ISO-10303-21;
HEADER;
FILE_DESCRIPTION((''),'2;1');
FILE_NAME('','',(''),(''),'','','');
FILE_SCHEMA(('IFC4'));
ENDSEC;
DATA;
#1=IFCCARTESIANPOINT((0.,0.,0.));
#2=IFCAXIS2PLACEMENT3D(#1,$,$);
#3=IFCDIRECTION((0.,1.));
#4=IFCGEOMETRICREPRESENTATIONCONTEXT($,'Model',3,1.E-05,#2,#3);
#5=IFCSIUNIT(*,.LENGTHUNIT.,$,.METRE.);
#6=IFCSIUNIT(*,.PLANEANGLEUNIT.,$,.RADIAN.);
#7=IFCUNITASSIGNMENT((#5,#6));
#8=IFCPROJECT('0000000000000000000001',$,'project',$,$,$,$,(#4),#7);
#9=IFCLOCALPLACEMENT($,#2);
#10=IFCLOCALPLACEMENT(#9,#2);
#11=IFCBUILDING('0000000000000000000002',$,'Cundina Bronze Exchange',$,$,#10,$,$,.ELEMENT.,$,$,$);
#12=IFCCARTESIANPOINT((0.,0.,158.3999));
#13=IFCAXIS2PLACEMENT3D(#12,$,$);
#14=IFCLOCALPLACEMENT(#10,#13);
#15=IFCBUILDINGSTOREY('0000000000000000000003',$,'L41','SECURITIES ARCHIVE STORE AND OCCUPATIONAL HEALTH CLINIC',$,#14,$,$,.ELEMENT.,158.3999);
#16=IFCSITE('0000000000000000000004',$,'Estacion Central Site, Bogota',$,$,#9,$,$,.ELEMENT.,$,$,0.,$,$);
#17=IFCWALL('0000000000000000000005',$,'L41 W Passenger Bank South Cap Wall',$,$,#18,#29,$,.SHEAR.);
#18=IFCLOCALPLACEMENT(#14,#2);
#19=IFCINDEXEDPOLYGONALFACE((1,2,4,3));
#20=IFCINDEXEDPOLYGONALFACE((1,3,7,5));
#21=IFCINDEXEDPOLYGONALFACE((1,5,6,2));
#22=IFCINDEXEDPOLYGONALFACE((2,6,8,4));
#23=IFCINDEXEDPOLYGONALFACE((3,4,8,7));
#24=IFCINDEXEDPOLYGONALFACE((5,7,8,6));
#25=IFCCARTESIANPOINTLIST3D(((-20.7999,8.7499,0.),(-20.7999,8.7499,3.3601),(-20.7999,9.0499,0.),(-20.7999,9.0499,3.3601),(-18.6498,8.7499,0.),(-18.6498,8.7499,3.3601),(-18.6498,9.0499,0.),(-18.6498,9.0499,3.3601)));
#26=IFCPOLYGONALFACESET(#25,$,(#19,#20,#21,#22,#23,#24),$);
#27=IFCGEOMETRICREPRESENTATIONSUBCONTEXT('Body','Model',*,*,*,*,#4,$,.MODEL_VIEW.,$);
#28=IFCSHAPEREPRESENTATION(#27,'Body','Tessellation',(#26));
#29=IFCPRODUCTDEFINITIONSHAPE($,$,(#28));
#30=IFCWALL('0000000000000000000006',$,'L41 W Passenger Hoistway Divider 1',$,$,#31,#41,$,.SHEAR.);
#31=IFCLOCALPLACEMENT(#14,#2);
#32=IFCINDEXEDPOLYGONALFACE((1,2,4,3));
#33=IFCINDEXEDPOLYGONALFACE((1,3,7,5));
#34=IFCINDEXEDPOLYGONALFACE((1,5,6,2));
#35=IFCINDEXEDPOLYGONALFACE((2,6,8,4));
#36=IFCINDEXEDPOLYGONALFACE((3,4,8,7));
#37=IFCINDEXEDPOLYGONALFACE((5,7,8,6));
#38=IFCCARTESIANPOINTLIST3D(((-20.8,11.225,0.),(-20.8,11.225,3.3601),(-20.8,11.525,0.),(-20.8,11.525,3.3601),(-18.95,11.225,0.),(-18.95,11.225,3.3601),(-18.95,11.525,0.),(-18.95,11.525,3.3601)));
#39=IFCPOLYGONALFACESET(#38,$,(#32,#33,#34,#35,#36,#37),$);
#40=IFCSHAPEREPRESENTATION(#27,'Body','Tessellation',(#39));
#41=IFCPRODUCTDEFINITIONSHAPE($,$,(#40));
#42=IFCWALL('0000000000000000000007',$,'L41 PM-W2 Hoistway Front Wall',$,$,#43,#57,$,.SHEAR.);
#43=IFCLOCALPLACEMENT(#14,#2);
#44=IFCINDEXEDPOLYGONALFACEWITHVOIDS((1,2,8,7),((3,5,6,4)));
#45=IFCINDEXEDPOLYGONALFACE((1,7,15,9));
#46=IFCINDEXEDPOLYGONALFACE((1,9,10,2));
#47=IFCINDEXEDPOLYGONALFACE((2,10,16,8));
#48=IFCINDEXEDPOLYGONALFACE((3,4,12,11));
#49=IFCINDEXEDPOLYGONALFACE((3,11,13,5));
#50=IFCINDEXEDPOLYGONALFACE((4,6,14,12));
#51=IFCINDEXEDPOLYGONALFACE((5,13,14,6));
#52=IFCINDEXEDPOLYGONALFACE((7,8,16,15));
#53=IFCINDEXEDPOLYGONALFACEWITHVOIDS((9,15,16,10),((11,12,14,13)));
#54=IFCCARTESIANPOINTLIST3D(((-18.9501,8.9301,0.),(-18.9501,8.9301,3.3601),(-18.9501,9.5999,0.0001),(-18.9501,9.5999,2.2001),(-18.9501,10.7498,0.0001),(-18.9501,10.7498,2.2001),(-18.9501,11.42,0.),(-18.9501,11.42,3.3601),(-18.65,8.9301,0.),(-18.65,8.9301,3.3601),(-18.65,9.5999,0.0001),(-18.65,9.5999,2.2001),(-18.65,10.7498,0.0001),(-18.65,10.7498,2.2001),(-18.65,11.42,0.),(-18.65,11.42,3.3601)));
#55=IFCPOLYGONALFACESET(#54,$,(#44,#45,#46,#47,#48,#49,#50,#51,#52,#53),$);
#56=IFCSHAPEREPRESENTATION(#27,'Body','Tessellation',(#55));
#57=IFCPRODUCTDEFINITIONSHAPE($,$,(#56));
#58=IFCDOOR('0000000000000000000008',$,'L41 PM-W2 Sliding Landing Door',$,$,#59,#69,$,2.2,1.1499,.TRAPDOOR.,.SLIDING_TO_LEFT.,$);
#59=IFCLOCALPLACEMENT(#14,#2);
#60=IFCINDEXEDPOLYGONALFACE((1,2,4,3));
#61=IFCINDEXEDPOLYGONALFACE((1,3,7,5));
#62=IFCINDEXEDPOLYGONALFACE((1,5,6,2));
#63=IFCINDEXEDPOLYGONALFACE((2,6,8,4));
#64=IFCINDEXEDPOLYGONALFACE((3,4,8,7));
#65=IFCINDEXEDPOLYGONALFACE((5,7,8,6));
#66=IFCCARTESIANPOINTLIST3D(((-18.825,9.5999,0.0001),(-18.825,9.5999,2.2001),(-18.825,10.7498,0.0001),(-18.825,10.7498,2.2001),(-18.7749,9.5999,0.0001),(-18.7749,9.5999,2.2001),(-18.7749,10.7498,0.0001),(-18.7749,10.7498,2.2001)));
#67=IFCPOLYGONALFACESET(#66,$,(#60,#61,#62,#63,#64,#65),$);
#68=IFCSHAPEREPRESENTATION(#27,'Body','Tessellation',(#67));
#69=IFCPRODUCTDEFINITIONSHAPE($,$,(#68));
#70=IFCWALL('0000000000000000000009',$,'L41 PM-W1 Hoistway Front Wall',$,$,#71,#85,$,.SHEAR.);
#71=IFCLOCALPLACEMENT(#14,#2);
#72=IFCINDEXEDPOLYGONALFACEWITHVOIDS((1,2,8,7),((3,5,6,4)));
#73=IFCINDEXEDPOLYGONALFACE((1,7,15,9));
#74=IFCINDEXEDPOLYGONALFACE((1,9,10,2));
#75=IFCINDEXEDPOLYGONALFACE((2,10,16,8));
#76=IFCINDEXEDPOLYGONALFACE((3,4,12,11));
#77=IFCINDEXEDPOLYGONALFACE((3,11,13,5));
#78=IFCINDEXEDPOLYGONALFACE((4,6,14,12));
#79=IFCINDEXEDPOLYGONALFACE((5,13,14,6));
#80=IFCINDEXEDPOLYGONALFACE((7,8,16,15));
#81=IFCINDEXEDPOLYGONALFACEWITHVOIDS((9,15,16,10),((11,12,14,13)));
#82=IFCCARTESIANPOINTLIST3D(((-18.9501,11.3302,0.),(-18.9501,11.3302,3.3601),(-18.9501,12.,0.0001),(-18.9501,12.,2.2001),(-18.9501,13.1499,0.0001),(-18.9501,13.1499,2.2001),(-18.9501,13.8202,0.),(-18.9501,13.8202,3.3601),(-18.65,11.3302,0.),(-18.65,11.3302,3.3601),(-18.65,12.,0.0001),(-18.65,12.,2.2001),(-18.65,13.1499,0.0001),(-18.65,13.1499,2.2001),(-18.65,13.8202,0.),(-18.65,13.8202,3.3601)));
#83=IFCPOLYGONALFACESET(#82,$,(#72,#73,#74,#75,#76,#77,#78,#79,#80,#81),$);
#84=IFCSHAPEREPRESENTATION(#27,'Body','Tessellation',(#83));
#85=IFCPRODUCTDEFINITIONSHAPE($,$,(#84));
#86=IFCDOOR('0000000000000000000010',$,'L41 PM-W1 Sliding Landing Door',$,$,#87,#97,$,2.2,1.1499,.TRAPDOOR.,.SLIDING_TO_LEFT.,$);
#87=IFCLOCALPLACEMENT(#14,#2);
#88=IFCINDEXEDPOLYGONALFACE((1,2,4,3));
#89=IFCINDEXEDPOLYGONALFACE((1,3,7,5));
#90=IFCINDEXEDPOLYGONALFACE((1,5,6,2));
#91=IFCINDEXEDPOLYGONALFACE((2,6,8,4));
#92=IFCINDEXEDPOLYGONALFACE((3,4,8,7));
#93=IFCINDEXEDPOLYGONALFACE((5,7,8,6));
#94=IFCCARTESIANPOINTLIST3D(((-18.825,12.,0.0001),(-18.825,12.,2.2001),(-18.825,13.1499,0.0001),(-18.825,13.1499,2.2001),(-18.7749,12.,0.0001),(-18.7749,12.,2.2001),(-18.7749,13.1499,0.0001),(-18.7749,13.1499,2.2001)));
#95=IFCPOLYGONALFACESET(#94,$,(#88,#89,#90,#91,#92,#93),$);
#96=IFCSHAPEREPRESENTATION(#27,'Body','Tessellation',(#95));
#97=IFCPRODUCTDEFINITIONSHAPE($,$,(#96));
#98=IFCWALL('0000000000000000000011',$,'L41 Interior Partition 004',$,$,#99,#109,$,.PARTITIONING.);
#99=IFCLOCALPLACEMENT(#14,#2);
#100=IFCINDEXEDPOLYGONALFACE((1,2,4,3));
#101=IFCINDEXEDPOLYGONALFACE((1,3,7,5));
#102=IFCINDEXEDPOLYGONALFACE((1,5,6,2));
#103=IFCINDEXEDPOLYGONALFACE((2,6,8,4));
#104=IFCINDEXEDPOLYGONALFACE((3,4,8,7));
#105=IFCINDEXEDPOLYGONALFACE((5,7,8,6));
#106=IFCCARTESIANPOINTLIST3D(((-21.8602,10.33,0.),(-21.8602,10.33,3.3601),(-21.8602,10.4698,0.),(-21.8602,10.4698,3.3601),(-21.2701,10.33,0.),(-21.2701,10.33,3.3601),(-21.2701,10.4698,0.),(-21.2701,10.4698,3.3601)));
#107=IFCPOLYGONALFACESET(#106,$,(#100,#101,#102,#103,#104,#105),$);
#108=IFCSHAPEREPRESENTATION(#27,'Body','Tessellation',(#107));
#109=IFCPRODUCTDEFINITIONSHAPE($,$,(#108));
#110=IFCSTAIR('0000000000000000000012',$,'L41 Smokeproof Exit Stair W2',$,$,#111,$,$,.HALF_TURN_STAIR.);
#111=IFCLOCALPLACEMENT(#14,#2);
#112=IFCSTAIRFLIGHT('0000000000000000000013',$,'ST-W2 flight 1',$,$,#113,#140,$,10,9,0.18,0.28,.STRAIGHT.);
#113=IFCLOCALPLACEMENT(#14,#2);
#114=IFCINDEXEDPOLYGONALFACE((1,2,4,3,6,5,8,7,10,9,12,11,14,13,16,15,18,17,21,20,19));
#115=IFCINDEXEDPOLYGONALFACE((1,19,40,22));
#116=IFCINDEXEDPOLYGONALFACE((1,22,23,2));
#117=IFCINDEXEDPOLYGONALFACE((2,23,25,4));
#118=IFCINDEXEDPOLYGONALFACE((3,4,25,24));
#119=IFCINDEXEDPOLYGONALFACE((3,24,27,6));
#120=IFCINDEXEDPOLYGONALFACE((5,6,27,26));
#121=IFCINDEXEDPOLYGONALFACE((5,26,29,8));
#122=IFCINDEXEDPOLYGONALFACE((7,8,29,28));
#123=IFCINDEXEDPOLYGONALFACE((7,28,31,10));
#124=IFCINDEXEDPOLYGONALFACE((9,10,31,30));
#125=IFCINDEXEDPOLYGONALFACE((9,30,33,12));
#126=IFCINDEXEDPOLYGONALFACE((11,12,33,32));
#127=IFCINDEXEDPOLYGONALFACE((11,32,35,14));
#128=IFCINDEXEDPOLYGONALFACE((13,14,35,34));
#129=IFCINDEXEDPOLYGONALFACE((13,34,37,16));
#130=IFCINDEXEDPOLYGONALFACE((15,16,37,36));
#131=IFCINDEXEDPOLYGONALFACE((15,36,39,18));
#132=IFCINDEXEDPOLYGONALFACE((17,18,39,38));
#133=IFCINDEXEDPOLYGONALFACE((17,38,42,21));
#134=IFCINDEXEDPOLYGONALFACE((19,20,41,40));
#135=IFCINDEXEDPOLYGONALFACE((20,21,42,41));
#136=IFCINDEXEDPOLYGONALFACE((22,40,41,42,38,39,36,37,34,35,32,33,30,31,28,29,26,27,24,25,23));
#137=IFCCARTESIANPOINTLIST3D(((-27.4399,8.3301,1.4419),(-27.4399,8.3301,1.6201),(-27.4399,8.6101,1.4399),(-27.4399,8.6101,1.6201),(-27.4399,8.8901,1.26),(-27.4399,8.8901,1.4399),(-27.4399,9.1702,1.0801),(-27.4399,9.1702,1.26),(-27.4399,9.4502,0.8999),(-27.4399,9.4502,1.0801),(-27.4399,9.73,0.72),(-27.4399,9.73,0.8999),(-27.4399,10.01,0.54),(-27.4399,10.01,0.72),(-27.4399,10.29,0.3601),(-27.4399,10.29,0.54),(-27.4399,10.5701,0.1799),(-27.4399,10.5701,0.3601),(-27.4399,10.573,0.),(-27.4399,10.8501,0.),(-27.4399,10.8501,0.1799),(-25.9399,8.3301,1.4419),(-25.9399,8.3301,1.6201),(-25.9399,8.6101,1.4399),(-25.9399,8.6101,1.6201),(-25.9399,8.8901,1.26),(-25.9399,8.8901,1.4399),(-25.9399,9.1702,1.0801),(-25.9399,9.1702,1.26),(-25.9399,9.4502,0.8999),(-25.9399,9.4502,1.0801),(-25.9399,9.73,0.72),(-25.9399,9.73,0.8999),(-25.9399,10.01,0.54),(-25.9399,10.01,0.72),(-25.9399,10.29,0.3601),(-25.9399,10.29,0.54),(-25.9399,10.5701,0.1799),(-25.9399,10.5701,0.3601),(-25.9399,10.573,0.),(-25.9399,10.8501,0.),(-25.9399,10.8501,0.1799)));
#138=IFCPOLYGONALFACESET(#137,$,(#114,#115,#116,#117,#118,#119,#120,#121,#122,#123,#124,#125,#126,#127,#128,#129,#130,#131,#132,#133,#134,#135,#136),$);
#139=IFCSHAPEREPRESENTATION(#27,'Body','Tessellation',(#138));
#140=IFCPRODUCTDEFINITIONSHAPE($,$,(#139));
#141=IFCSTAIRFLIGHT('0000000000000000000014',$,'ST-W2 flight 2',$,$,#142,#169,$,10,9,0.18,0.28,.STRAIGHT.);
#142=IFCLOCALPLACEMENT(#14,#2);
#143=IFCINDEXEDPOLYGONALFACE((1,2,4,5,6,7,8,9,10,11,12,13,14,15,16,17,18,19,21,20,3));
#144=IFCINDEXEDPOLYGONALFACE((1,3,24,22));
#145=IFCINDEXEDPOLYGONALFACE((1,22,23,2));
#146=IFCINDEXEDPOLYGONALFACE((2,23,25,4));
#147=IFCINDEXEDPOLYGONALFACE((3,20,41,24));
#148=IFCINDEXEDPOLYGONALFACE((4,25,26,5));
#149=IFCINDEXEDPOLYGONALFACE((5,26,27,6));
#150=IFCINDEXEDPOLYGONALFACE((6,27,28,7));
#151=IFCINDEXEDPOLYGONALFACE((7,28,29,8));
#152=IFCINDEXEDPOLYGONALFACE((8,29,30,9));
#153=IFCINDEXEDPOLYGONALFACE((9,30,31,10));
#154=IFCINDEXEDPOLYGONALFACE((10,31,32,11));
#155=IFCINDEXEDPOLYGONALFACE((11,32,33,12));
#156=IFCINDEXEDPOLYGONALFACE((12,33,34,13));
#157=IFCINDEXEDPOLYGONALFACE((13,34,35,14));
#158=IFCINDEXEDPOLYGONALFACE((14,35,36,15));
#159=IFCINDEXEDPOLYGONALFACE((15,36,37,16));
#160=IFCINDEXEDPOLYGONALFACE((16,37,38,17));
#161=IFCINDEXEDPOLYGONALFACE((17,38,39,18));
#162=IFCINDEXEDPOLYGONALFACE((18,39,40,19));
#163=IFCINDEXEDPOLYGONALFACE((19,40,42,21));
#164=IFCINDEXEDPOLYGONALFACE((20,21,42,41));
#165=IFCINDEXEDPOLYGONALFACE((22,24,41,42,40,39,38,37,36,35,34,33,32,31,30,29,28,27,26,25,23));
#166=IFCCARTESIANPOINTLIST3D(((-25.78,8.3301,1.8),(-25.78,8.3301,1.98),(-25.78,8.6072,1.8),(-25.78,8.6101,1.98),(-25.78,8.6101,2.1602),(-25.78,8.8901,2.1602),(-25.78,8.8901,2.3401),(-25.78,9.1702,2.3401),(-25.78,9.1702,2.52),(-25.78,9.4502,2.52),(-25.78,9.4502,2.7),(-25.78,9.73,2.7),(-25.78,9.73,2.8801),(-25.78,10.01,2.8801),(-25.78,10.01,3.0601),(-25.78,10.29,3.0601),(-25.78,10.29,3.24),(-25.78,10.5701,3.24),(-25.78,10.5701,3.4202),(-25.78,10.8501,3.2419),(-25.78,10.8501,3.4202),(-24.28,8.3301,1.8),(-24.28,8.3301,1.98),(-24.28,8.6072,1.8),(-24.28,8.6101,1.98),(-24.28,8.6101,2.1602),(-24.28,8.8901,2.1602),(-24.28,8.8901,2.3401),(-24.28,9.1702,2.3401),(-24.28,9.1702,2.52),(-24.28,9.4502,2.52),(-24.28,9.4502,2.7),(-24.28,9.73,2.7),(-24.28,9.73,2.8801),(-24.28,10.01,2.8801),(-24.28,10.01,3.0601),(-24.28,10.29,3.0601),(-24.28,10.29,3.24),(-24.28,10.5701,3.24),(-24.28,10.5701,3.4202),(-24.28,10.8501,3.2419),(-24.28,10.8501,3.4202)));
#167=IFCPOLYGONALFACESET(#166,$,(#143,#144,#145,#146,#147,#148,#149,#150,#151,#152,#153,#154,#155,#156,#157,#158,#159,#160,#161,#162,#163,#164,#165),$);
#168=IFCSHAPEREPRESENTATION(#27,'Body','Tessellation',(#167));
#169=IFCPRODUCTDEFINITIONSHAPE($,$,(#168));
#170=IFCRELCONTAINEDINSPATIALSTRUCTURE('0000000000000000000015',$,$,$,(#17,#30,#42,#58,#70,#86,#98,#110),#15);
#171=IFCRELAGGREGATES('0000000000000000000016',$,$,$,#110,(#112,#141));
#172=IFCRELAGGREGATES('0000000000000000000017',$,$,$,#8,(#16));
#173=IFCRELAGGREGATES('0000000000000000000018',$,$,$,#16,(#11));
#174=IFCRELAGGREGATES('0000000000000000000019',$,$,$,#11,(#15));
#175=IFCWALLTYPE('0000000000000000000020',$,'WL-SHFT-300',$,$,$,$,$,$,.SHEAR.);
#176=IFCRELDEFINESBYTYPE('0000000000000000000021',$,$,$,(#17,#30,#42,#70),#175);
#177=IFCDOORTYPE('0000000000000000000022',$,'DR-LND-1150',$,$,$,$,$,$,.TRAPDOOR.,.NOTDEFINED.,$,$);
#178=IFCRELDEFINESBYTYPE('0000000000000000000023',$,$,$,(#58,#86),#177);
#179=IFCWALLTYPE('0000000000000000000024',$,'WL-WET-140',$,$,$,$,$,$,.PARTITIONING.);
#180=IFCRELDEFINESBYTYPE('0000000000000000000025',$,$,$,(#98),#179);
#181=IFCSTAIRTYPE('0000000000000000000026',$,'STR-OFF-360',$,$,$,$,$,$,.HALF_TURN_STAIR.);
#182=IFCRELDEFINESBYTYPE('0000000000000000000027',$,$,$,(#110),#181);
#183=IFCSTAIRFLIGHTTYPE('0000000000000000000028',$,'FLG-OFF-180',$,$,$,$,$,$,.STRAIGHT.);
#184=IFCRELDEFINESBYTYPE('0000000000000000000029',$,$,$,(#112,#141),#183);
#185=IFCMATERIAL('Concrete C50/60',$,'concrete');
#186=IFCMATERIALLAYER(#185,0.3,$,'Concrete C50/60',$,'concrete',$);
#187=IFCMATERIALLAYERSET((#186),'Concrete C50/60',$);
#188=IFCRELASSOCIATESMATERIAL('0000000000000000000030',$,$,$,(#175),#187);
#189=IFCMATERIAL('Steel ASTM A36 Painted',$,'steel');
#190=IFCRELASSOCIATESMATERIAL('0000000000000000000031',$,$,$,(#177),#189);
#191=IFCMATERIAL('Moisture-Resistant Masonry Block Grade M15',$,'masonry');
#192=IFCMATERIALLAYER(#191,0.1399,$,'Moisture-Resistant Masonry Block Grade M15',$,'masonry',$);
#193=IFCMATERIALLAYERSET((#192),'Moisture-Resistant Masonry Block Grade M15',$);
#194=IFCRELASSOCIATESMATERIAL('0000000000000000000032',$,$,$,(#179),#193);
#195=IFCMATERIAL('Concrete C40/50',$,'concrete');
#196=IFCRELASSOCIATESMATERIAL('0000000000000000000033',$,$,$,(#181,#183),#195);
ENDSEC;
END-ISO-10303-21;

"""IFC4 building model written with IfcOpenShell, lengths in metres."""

from ifc_helpers import new_model, si_unit, direction, frame, frame_2d, origin, place, context, subcontext, project, spatial, polyline, rectangle, outline, extrude, material, layer, layer_set, type_object, element, fill, aggregate, save


model = new_model("IFC4")

# Units and contexts
model_context = context("Model", 3, precision=1e-05, world=origin(), true_north=direction((0.0, 1.0)))
body_context = subcontext(model_context, "Body", "Model", "MODEL_VIEW")
ifc_project = project(units=[si_unit("LENGTHUNIT", "METRE"), si_unit("PLANEANGLEUNIT", "RADIAN")], contexts=[model_context])

# Site, building, storey
site_placement = place(None, origin())
site = spatial("IfcSite", under=ifc_project, at=site_placement, Name="Estacion Central Site, Bogota", CompositionType="ELEMENT", RefElevation=0.0)
building_placement = place(site_placement, origin())
building = spatial("IfcBuilding", under=site, at=building_placement, Name="Cundina Bronze Exchange", CompositionType="ELEMENT")
storey_placement = place(building_placement, frame((0.0, 0.0, 158.3999)))
storey = spatial("IfcBuildingStorey", under=building, at=storey_placement, Name="L41", Description="SECURITIES ARCHIVE STORE AND OCCUPATIONAL HEALTH CLINIC", CompositionType="ELEMENT", Elevation=158.3999)

# Shared definitions
ifc_material_1 = material(Name="Concrete C50/60", Category="concrete")

# Shared definitions
ifc_layer_1 = layer(ifc_material_1, 0.3, Name="Concrete C50/60", Category="concrete")
ifc_layer_set_1 = layer_set([ifc_layer_1], Name="Concrete C50/60")
wall_type_1 = type_object("IfcWallType", Name="WL-SHFT-300", PredefinedType="SHEAR", material=ifc_layer_set_1)
ifc_material_2 = material(Name="Steel ASTM A36 Painted", Category="steel")
door_type_1 = type_object("IfcDoorType", Name="DR-LND-1150", OperationType="NOTDEFINED", PredefinedType="TRAPDOOR", material=ifc_material_2)

# Walls
wall_1_placement = place(storey_placement, frame((-20.8, 8.8999, 0.0), z_axis=(0.0, 0.0, 1.0), x_axis=(1.0, 0.0, 0.0)))
element("IfcWall", 1, at=wall_1_placement, inside=storey, type_object=wall_type_1, Name="L41 W Passenger Bank South Cap Wall", PredefinedType="SHEAR", context=body_context, shape_type="SweptSolid", body=[
    extrude(rectangle(XDim=2.1501, YDim=0.3, at=frame_2d((1.0752, 0.0))), origin(), (0.0, 0.0, 1.0), 3.3601),
])
wall_2_placement = place(storey_placement, frame((-20.8, 11.375, 0.0), z_axis=(0.0, 0.0, 1.0), x_axis=(1.0, 0.0, 0.0)))
element("IfcWall", 2, at=wall_2_placement, inside=storey, type_object=wall_type_1, Name="L41 W Passenger Hoistway Divider 1", PredefinedType="SHEAR", context=body_context, shape_type="SweptSolid", body=[
    extrude(rectangle(XDim=1.8501, YDim=0.3, at=frame_2d((0.925, 0.0))), origin(), (0.0, 0.0, 1.0), 3.3601),
])

# Walls, openings, doors
wall_3_placement = place(storey_placement, frame((-18.8, 8.9299, 0.0), z_axis=(0.0, 0.0, 1.0), x_axis=(0.0, 1.0, 0.0)))
wall_3 = element("IfcWall", 3, at=wall_3_placement, inside=storey, type_object=wall_type_1, Name="L41 PM-W2 Hoistway Front Wall", PredefinedType="SHEAR", context=body_context, shape_type="SweptSolid", body=[
    extrude(rectangle(XDim=2.49, YDim=0.3, at=frame_2d((1.2451, 0.0))), origin(), (0.0, 0.0, 1.0), 3.3601),
])
opening_1_placement = place(wall_3_placement, frame((0.6699, 0.0, 0.0)))
opening_1 = element("IfcOpeningElement", 4, at=opening_1_placement, cuts=wall_3, PredefinedType="OPENING", context=body_context, shape_type="SweptSolid", body=[
    extrude(rectangle(XDim=1.1499, YDim=2.2, at=frame_2d((0.575, 1.1001))), frame((0.0, 0.1599, 0.0), z_axis=(0.0, -1.0, 0.0), x_axis=(1.0, 0.0, 0.0)), (0.0, 0.0, 1.0), 0.3201),
])
door_1_placement = place(opening_1_placement, origin())
door_1 = element("IfcDoor", 5, at=door_1_placement, inside=storey, type_object=door_type_1, Name="L41 PM-W2 Sliding Landing Door", OperationType="SLIDING_TO_LEFT", OverallHeight=2.2, OverallWidth=1.1499, PredefinedType="TRAPDOOR", context=body_context, shape_type="SweptSolid", body=[
    extrude(rectangle(XDim=1.1499, YDim=2.2, at=frame_2d((0.575, 1.1001))), frame((0.0, 0.0249, 0.0), z_axis=(0.0, -1.0, 0.0), x_axis=(1.0, 0.0, 0.0)), (0.0, 0.0, 1.0), 0.05),
])
fill(opening_1, door_1)
wall_4_placement = place(storey_placement, frame((-18.8, 11.3301, 0.0), z_axis=(0.0, 0.0, 1.0), x_axis=(0.0, 1.0, 0.0)))
wall_4 = element("IfcWall", 6, at=wall_4_placement, inside=storey, type_object=wall_type_1, Name="L41 PM-W1 Hoistway Front Wall", PredefinedType="SHEAR", context=body_context, shape_type="SweptSolid", body=[
    extrude(rectangle(XDim=2.49, YDim=0.3, at=frame_2d((1.2451, 0.0))), origin(), (0.0, 0.0, 1.0), 3.3601),
])
opening_2_placement = place(wall_4_placement, frame((0.6699, 0.0, 0.0)))
opening_2 = element("IfcOpeningElement", 7, at=opening_2_placement, cuts=wall_4, PredefinedType="OPENING", context=body_context, shape_type="SweptSolid", body=[
    extrude(rectangle(XDim=1.1499, YDim=2.2, at=frame_2d((0.575, 1.1001))), frame((0.0, 0.1599, 0.0), z_axis=(0.0, -1.0, 0.0), x_axis=(1.0, 0.0, 0.0)), (0.0, 0.0, 1.0), 0.3201),
])
door_2_placement = place(opening_2_placement, origin())
door_2 = element("IfcDoor", 8, at=door_2_placement, inside=storey, type_object=door_type_1, Name="L41 PM-W1 Sliding Landing Door", OperationType="SLIDING_TO_LEFT", OverallHeight=2.2, OverallWidth=1.1499, PredefinedType="TRAPDOOR", context=body_context, shape_type="SweptSolid", body=[
    extrude(rectangle(XDim=1.1499, YDim=2.2, at=frame_2d((0.575, 1.1001))), frame((0.0, 0.0249, 0.0), z_axis=(0.0, -1.0, 0.0), x_axis=(1.0, 0.0, 0.0)), (0.0, 0.0, 1.0), 0.05),
])
fill(opening_2, door_2)

# Wall
ifc_material_3 = material(Name="Moisture-Resistant Masonry Block Grade M15", Category="masonry")
ifc_layer_2 = layer(ifc_material_3, 0.1399, Name="Moisture-Resistant Masonry Block Grade M15", Category="masonry")
ifc_layer_set_2 = layer_set([ifc_layer_2], Name="Moisture-Resistant Masonry Block Grade M15")
wall_type_2 = type_object("IfcWallType", Name="WL-WET-140", PredefinedType="PARTITIONING", material=ifc_layer_set_2)
wall_5_placement = place(storey_placement, frame((-21.8601, 10.3999, 0.0), z_axis=(0.0, 0.0, 1.0), x_axis=(1.0, 0.0, 0.0)))
element("IfcWall", 9, at=wall_5_placement, inside=storey, type_object=wall_type_2, Name="L41 Interior Partition 004", PredefinedType="PARTITIONING", context=body_context, shape_type="SweptSolid", body=[
    extrude(rectangle(XDim=0.5901, YDim=0.1399, at=frame_2d((0.2949, 0.0))), origin(), (0.0, 0.0, 1.0), 3.3601),
])

# Stair, stair flights
ifc_material_4 = material(Name="Concrete C40/50", Category="concrete")
stair_type = type_object("IfcStairType", Name="STR-OFF-360", PredefinedType="HALF_TURN_STAIR", material=ifc_material_4)
stair_placement = place(storey_placement, origin())
stair = element("IfcStair", 10, at=stair_placement, inside=storey, type_object=stair_type, Name="L41 Smokeproof Exit Stair W2", PredefinedType="HALF_TURN_STAIR")
stair_flight_type = type_object("IfcStairFlightType", Name="FLG-OFF-180", PredefinedType="STRAIGHT", material=ifc_material_4)
stair_flight_1_placement = place(storey_placement, frame((-26.6899, 10.8501, 0.0), z_axis=(0.0, 0.0, 1.0), x_axis=(0.0, -1.0, 0.0)))
stair_flight_1 = element("IfcStairFlight", 11, at=stair_flight_1_placement, type_object=stair_flight_type, Name="ST-W2 flight 1", NumberOfRisers=10, NumberOfTreads=9, PredefinedType="STRAIGHT", RiserHeight=0.18, TreadLength=0.28, context=body_context, shape_type="SweptSolid", body=[
    extrude(outline(polyline([(0.0, 0.0), (0.0, 0.1799), (0.28, 0.1799), (0.28, 0.3601), (0.5601, 0.3601), (0.5601, 0.54), (0.8401, 0.54), (0.8401, 0.72), (1.1201, 0.72), (1.1201, 0.8999), (1.3999, 0.8999), (1.3999, 1.0801), (1.6799, 1.0801), (1.6799, 1.26), (1.96, 1.26), (1.96, 1.4399), (2.24, 1.4399), (2.24, 1.6201), (2.52, 1.6201), (2.52, 1.8), (2.52, 1.4419), (0.2771, 0.0), (0.0, 0.0)])), frame((0.0, 0.75, 0.0), z_axis=(0.0, -1.0, 0.0), x_axis=(1.0, 0.0, 0.0)), (0.0, 0.0, 1.0), 1.5),
])
stair_flight_2_placement = place(storey_placement, frame((-25.03, 8.3301, 1.8), z_axis=(0.0, 0.0, 1.0), x_axis=(0.0, 1.0, 0.0)))
stair_flight_2 = element("IfcStairFlight", 12, at=stair_flight_2_placement, type_object=stair_flight_type, Name="ST-W2 flight 2", NumberOfRisers=10, NumberOfTreads=9, PredefinedType="STRAIGHT", RiserHeight=0.18, TreadLength=0.28, context=body_context, shape_type="SweptSolid", body=[
    extrude(outline(polyline([(0.0, 0.0), (0.0, 0.1799), (0.28, 0.1799), (0.28, 0.3601), (0.5601, 0.3601), (0.5601, 0.54), (0.8401, 0.54), (0.8401, 0.72), (1.1201, 0.72), (1.1201, 0.8999), (1.3999, 0.8999), (1.3999, 1.0801), (1.6799, 1.0801), (1.6799, 1.26), (1.96, 1.26), (1.96, 1.4399), (2.24, 1.4399), (2.24, 1.6201), (2.52, 1.6201), (2.52, 1.8), (2.52, 1.4419), (0.2771, 0.0), (0.0, 0.0)])), frame((0.0, 0.75, 0.0), z_axis=(0.0, -1.0, 0.0), x_axis=(1.0, 0.0, 0.0)), (0.0, 0.0, 1.0), 1.5),
])
aggregate(stair, [stair_flight_1, stair_flight_2])

save(model, "model.ifc")
